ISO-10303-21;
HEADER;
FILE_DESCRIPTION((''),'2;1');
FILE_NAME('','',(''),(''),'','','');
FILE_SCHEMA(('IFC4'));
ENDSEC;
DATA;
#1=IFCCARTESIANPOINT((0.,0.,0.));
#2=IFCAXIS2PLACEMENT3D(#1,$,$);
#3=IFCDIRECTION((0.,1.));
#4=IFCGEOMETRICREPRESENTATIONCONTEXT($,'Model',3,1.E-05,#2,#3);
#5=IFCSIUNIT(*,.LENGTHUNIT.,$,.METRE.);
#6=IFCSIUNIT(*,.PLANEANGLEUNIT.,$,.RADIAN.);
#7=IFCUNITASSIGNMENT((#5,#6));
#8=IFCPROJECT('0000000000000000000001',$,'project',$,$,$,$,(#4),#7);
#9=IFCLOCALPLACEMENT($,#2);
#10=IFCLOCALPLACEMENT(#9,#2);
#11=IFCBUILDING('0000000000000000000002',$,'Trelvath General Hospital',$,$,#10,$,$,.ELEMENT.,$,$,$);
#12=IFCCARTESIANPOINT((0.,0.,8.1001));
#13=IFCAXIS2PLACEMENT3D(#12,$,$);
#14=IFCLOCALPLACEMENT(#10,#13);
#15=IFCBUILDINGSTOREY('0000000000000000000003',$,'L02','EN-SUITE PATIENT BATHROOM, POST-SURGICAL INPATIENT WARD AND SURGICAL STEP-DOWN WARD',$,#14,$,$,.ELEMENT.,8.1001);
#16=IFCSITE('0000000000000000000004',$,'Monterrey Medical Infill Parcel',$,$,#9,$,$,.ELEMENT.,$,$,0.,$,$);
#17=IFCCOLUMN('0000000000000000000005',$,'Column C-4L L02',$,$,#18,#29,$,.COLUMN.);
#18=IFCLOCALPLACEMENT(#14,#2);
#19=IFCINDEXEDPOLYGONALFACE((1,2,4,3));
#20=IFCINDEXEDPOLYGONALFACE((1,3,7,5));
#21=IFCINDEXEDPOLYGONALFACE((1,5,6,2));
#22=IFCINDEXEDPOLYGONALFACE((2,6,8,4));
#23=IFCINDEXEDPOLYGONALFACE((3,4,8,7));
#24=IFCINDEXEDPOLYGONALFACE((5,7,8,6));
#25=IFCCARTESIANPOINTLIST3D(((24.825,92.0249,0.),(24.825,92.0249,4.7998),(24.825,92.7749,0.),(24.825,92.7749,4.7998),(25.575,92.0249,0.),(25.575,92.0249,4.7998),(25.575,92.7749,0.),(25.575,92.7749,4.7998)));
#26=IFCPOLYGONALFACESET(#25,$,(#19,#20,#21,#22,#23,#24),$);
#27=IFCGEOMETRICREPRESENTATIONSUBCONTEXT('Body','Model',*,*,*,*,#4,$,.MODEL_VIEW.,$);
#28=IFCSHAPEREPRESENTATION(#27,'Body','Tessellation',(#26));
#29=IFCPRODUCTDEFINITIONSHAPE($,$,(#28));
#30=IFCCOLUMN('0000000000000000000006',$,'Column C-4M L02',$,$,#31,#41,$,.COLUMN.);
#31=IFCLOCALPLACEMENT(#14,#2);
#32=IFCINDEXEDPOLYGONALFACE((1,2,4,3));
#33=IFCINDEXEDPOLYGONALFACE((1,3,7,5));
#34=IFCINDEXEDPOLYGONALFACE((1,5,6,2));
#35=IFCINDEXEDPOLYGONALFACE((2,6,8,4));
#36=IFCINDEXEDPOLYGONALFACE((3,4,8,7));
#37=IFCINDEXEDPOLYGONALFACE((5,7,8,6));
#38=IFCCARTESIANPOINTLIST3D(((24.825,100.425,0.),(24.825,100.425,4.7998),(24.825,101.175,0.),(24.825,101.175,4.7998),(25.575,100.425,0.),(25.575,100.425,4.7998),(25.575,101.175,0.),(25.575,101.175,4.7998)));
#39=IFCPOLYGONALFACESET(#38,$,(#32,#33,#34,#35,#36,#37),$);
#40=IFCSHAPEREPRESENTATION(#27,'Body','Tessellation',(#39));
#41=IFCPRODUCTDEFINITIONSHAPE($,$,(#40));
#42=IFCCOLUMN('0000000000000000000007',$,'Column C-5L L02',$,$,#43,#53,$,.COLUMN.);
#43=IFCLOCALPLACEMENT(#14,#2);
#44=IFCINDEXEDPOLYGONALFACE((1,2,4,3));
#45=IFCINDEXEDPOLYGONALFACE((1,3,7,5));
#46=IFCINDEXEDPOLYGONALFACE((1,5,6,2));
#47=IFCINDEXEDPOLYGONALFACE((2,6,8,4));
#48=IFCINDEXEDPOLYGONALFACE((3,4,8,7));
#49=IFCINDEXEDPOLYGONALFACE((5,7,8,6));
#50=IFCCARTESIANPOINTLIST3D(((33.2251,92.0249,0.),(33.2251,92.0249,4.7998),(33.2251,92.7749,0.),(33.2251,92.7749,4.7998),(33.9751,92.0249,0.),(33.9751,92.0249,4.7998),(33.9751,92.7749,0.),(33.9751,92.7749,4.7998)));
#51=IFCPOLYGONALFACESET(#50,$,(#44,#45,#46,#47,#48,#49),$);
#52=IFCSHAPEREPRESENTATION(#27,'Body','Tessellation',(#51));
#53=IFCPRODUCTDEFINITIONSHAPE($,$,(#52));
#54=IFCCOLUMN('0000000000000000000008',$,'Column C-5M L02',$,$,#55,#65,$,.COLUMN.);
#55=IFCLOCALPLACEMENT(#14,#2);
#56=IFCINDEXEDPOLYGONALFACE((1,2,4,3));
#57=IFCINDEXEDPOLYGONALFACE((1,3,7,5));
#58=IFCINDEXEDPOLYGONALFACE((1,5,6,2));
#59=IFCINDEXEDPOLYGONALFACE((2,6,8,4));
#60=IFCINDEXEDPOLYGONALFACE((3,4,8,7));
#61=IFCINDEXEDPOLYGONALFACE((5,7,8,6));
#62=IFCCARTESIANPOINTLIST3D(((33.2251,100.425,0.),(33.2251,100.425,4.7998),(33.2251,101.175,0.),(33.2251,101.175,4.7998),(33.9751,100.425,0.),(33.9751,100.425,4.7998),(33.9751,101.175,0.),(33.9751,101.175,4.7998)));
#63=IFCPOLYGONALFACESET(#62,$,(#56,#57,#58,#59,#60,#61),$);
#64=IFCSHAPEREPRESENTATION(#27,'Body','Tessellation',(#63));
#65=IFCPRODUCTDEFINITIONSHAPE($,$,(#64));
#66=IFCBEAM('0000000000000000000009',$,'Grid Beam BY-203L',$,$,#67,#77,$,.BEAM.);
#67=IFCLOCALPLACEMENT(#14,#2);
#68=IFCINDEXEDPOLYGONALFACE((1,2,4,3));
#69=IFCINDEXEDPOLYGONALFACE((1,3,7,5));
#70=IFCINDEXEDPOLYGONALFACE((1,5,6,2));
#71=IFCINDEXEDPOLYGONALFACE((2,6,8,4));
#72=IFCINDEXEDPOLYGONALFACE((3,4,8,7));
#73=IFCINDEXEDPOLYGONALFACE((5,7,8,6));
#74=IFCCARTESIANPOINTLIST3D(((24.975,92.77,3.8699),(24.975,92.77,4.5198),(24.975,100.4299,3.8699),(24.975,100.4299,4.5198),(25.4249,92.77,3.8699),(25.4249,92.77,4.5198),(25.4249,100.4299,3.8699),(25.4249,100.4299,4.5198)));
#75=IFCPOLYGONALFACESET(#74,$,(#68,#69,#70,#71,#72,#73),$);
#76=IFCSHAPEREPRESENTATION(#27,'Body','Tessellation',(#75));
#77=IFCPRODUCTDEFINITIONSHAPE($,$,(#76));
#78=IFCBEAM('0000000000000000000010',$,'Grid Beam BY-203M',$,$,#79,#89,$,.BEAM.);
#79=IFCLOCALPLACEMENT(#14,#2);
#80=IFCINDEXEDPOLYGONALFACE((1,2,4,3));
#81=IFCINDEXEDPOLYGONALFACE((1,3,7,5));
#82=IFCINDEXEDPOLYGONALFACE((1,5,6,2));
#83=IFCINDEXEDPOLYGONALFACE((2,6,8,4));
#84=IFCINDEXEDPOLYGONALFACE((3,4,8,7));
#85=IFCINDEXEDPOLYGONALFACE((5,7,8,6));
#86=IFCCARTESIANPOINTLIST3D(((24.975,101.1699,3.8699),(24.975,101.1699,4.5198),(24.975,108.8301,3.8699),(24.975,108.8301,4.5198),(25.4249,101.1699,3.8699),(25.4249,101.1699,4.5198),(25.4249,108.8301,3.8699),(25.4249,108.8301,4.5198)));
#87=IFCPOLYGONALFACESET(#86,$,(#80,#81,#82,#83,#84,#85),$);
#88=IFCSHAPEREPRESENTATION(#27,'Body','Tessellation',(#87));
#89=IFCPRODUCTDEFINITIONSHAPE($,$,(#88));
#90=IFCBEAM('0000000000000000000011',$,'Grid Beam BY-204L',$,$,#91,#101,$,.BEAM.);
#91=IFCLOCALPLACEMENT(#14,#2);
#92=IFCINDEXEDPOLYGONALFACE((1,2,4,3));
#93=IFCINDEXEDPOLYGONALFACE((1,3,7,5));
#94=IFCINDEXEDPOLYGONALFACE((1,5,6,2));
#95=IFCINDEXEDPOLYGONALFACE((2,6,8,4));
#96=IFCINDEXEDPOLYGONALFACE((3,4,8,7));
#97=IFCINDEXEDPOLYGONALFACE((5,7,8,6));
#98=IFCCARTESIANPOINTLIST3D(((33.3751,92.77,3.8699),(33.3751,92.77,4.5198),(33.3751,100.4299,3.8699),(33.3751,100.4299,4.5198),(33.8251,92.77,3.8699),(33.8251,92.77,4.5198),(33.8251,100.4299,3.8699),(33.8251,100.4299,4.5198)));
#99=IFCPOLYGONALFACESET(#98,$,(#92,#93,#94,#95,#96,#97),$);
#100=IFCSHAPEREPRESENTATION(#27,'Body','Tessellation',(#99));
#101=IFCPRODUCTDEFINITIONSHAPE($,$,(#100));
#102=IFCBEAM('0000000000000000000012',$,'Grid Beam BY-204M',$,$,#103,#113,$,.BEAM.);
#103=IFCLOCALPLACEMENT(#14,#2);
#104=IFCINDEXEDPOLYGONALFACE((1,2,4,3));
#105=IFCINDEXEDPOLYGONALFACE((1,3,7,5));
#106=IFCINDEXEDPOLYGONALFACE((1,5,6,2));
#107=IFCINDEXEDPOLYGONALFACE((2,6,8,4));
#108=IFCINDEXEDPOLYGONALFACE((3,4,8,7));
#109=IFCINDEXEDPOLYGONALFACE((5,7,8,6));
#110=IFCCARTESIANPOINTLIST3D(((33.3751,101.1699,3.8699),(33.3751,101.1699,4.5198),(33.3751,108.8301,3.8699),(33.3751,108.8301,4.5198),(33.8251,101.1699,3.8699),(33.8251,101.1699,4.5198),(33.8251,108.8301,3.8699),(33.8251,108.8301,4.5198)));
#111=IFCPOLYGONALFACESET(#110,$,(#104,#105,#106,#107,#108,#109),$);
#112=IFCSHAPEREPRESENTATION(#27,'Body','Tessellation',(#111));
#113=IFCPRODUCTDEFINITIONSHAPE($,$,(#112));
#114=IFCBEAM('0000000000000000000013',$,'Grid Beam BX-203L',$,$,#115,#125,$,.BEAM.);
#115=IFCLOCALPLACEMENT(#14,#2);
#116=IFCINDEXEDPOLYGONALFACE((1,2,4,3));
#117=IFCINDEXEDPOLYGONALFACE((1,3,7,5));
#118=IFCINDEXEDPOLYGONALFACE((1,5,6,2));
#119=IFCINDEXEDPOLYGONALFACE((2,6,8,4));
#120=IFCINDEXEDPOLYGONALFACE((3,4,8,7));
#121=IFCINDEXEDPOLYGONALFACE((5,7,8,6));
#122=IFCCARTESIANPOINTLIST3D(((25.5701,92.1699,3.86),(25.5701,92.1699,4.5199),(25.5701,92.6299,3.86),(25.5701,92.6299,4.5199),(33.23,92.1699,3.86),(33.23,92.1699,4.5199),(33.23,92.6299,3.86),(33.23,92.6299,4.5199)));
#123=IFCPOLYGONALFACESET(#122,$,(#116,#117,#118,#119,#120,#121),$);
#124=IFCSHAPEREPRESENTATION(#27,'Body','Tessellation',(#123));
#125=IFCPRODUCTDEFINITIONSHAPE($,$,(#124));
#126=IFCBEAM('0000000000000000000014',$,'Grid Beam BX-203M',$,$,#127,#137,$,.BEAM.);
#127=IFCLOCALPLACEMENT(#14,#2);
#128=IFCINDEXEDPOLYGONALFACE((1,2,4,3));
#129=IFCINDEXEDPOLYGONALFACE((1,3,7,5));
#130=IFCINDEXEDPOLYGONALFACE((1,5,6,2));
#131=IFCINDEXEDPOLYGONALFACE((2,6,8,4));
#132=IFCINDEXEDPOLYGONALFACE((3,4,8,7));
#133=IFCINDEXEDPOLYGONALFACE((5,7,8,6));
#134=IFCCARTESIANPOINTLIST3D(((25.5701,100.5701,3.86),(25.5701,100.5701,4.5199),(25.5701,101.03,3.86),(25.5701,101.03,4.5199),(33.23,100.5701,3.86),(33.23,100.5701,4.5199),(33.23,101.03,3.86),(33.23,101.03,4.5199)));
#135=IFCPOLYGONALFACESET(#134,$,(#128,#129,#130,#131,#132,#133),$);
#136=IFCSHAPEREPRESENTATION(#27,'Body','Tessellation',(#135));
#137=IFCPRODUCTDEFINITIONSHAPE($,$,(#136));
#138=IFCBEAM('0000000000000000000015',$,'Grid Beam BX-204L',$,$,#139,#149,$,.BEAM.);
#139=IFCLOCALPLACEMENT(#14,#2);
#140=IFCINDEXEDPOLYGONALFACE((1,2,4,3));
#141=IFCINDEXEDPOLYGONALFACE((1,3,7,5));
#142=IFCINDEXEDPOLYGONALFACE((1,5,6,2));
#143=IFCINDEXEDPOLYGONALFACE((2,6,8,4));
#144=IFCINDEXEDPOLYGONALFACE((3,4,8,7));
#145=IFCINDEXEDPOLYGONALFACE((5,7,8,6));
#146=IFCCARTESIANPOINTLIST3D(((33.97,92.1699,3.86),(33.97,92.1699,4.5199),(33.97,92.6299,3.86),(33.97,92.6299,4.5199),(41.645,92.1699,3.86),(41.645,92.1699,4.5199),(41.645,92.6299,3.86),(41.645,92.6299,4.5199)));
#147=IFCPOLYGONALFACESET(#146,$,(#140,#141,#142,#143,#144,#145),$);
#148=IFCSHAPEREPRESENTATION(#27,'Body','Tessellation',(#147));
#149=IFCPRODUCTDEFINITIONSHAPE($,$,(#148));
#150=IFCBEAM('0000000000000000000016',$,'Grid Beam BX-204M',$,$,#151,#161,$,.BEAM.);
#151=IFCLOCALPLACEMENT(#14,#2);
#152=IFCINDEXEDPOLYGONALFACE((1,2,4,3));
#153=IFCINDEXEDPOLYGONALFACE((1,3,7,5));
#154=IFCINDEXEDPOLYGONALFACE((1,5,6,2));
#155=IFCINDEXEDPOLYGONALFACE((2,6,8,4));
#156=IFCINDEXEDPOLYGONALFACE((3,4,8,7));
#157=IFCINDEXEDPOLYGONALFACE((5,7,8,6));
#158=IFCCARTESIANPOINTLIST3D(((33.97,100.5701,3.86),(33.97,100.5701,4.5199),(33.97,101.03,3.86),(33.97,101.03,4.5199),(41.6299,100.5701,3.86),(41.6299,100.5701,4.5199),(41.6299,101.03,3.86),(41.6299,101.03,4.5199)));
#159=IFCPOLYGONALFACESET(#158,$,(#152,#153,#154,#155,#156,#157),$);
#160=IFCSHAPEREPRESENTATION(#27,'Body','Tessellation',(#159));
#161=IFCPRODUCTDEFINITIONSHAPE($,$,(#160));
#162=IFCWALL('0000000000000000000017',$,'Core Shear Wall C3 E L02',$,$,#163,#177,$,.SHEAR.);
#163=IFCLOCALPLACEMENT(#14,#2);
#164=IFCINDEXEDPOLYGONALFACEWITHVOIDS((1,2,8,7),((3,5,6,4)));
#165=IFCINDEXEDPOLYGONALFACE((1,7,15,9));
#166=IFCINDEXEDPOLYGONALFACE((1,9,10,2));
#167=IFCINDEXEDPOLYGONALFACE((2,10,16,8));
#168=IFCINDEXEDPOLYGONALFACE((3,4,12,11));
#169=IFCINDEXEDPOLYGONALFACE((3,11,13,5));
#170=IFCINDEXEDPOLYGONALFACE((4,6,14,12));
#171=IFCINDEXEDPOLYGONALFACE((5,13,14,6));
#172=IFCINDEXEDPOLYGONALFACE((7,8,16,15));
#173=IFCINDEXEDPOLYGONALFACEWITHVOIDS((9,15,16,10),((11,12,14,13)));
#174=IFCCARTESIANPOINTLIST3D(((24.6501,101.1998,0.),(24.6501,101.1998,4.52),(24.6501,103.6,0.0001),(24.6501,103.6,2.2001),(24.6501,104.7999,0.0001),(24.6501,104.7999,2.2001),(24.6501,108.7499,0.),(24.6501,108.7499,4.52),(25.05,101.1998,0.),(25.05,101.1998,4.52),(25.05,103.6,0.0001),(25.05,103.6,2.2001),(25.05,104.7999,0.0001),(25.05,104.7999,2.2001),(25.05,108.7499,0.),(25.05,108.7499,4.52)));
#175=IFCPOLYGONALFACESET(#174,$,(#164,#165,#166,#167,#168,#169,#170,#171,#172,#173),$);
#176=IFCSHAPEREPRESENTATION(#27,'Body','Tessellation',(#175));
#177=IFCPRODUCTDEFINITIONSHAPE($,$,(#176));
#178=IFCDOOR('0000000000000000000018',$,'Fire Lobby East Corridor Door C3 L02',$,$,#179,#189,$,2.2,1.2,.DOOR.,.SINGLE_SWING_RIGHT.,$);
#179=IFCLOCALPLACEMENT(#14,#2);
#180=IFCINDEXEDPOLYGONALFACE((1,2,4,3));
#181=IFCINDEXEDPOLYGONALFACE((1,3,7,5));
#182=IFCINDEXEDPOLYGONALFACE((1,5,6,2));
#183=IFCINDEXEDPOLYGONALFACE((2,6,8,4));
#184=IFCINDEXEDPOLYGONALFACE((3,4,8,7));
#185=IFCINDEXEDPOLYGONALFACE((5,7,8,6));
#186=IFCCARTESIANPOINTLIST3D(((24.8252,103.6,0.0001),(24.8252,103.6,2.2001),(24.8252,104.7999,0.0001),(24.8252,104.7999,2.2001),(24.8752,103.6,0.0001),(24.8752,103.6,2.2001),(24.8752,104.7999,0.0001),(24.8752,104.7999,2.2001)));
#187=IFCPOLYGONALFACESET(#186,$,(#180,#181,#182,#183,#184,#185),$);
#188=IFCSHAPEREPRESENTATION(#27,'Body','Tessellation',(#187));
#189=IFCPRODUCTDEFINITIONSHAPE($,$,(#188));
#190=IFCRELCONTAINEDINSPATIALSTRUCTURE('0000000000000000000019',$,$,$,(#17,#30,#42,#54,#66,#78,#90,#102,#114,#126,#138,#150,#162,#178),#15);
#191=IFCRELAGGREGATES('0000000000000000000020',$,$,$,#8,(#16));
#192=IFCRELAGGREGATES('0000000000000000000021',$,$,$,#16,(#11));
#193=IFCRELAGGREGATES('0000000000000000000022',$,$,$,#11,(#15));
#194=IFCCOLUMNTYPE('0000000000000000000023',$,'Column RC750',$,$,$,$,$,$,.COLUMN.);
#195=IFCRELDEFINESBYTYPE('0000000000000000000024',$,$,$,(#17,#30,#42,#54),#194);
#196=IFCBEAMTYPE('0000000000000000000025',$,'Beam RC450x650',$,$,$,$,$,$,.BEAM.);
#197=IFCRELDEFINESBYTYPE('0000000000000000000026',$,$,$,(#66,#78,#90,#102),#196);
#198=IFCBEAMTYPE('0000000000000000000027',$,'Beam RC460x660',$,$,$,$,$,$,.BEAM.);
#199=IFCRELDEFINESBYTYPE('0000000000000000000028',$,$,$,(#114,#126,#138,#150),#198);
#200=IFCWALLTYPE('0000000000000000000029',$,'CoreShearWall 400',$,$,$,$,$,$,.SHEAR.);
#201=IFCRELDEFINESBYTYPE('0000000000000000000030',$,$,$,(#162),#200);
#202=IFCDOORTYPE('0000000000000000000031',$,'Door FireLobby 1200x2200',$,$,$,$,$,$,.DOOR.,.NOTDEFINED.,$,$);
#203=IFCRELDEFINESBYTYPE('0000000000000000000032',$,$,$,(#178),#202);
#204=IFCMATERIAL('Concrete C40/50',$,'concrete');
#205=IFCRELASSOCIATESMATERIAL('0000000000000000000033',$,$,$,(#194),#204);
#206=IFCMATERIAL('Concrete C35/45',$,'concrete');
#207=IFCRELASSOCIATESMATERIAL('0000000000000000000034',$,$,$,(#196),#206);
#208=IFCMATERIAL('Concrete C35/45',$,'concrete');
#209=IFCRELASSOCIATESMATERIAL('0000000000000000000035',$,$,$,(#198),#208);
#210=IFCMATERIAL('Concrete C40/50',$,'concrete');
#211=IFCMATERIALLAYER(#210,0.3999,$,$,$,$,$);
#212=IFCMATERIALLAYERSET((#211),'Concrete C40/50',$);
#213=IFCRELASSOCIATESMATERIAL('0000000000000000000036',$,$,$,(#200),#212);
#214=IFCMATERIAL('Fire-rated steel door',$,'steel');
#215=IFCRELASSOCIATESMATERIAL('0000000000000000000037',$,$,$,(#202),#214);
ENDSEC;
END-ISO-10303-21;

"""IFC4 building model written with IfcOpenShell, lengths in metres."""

from ifc_helpers import new_model, si_unit, direction, frame, frame_2d, origin, origin_2d, place, context, subcontext, project, spatial, rectangle, extrude, material, layer, layer_set, material_profile, profile_set, type_object, element, fill, save


model = new_model("IFC4")

# Units and contexts
model_context = context("Model", 3, precision=1e-05, world=origin(), true_north=direction((0.0, 1.0)))
body_context = subcontext(model_context, "Body", "Model", "MODEL_VIEW")
ifc_project = project(units=[si_unit("LENGTHUNIT", "METRE"), si_unit("PLANEANGLEUNIT", "RADIAN")], contexts=[model_context])

# Site, building, storey
site_placement = place(None, origin())
site = spatial("IfcSite", under=ifc_project, at=site_placement, Name="Monterrey Medical Infill Parcel", CompositionType="ELEMENT", RefElevation=0.0)
building_placement = place(site_placement, origin())
building = spatial("IfcBuilding", under=site, at=building_placement, Name="Trelvath General Hospital", CompositionType="ELEMENT")
storey_placement = place(building_placement, frame((0.0, 0.0, 8.1001)))
storey = spatial("IfcBuildingStorey", under=building, at=storey_placement, Name="L02", Description="EN-SUITE PATIENT BATHROOM, POST-SURGICAL INPATIENT WARD AND SURGICAL STEP-DOWN WARD", CompositionType="ELEMENT", Elevation=8.1001)

# Columns
ifc_material_1 = material(Name="Concrete C40/50", Category="concrete")
ifc_material_profile_1 = material_profile(ifc_material_1, rectangle(XDim=0.75, YDim=0.75, at=origin_2d()), Name="RC750x750")
ifc_profile_set_1 = profile_set([ifc_material_profile_1], Name="Concrete C40/50")
column_type = type_object("IfcColumnType", Name="Column RC750", PredefinedType="COLUMN", material=ifc_profile_set_1)
for number, where, z_axis, x_axis, name in (
    (1, (25.2, 92.3999, 0.0), (0.0, 0.0, 1.0), (1.0, 0.0, 0.0), "Column C-4L L02"),
    (2, (25.2, 100.8, 0.0), (0.0, 0.0, 1.0), (1.0, 0.0, 0.0), "Column C-4M L02"),
    (3, (33.6001, 92.3999, 0.0), (0.0, 0.0, 1.0), (1.0, 0.0, 0.0), "Column C-5L L02"),
    (4, (33.6001, 100.8, 0.0), (0.0, 0.0, 1.0), (1.0, 0.0, 0.0), "Column C-5M L02"),
):
    element("IfcColumn", number, at=place(storey_placement, frame(where, z_axis=z_axis, x_axis=x_axis)), inside=storey, type_object=column_type, Name=name, PredefinedType="COLUMN", context=body_context, shape_type="SweptSolid", body=[
        extrude(rectangle(XDim=0.75, YDim=0.75, at=origin_2d()), origin(), (0.0, 0.0, 1.0), 4.7998),
    ])

# Beams
ifc_material_2 = material(Name="Concrete C35/45", Category="concrete")
ifc_material_profile_2 = material_profile(ifc_material_2, rectangle(XDim=0.45, YDim=0.6499, at=origin_2d()), Name="RCB450x650")
ifc_profile_set_2 = profile_set([ifc_material_profile_2], Name="Concrete C35/45")
beam_type_1 = type_object("IfcBeamType", Name="Beam RC450x650", PredefinedType="BEAM", material=ifc_profile_set_2)
beam_1_placement = place(storey_placement, frame((25.2, 92.77, 4.1948), z_axis=(0.0, 1.0, 0.0), x_axis=(-1.0, 0.0, 0.0)))
element("IfcBeam", 5, at=beam_1_placement, inside=storey, type_object=beam_type_1, Name="Grid Beam BY-203L", PredefinedType="BEAM", context=body_context, shape_type="SweptSolid", body=[
    extrude(rectangle(XDim=0.45, YDim=0.6499, at=origin_2d()), origin(), (0.0, 0.0, 1.0), 7.6599),
])
beam_2_placement = place(storey_placement, frame((25.2, 101.1699, 4.1948), z_axis=(0.0, 1.0, 0.0), x_axis=(-1.0, 0.0, 0.0)))
element("IfcBeam", 6, at=beam_2_placement, inside=storey, type_object=beam_type_1, Name="Grid Beam BY-203M", PredefinedType="BEAM", context=body_context, shape_type="SweptSolid", body=[
    extrude(rectangle(XDim=0.45, YDim=0.6499, at=origin_2d()), origin(), (0.0, 0.0, 1.0), 7.6602),
])
beam_3_placement = place(storey_placement, frame((33.6001, 92.77, 4.1948), z_axis=(0.0, 1.0, 0.0), x_axis=(-1.0, 0.0, 0.0)))
element("IfcBeam", 7, at=beam_3_placement, inside=storey, type_object=beam_type_1, Name="Grid Beam BY-204L", PredefinedType="BEAM", context=body_context, shape_type="SweptSolid", body=[
    extrude(rectangle(XDim=0.45, YDim=0.6499, at=origin_2d()), origin(), (0.0, 0.0, 1.0), 7.6599),
])
beam_4_placement = place(storey_placement, frame((33.6001, 101.1699, 4.1948), z_axis=(0.0, 1.0, 0.0), x_axis=(-1.0, 0.0, 0.0)))
element("IfcBeam", 8, at=beam_4_placement, inside=storey, type_object=beam_type_1, Name="Grid Beam BY-204M", PredefinedType="BEAM", context=body_context, shape_type="SweptSolid", body=[
    extrude(rectangle(XDim=0.45, YDim=0.6499, at=origin_2d()), origin(), (0.0, 0.0, 1.0), 7.6602),
])
ifc_material_3 = material(Name="Concrete C35/45", Category="concrete")
ifc_material_profile_3 = material_profile(ifc_material_3, rectangle(XDim=0.46, YDim=0.6599, at=origin_2d()), Name="RCB460x660")
ifc_profile_set_3 = profile_set([ifc_material_profile_3], Name="Concrete C35/45")
beam_type_2 = type_object("IfcBeamType", Name="Beam RC460x660", PredefinedType="BEAM", material=ifc_profile_set_3)
for number, where, z_axis, x_axis, name in (
    (9, (25.5701, 92.3999, 4.1899), (1.0, 0.0, 0.0), (0.0, 1.0, 0.0), "Grid Beam BX-203L"),
    (10, (25.5701, 100.8, 4.1899), (1.0, 0.0, 0.0), (0.0, 1.0, 0.0), "Grid Beam BX-203M"),
):
    element("IfcBeam", number, at=place(storey_placement, frame(where, z_axis=z_axis, x_axis=x_axis)), inside=storey, type_object=beam_type_2, Name=name, PredefinedType="BEAM", context=body_context, shape_type="SweptSolid", body=[
        extrude(rectangle(XDim=0.46, YDim=0.6599, at=origin_2d()), origin(), (0.0, 0.0, 1.0), 7.6599),
    ])
beam_5_placement = place(storey_placement, frame((33.97, 92.3999, 4.1899), z_axis=(1.0, 0.0, 0.0), x_axis=(0.0, 1.0, 0.0)))
element("IfcBeam", 11, at=beam_5_placement, inside=storey, type_object=beam_type_2, Name="Grid Beam BX-204L", PredefinedType="BEAM", context=body_context, shape_type="SweptSolid", body=[
    extrude(rectangle(XDim=0.46, YDim=0.6599, at=origin_2d()), origin(), (0.0, 0.0, 1.0), 7.675),
])
beam_6_placement = place(storey_placement, frame((33.97, 100.8, 4.1899), z_axis=(1.0, 0.0, 0.0), x_axis=(0.0, 1.0, 0.0)))
element("IfcBeam", 12, at=beam_6_placement, inside=storey, type_object=beam_type_2, Name="Grid Beam BX-204M", PredefinedType="BEAM", context=body_context, shape_type="SweptSolid", body=[
    extrude(rectangle(XDim=0.46, YDim=0.6599, at=origin_2d()), origin(), (0.0, 0.0, 1.0), 7.6599),
])

# Wall, opening, door
ifc_material_4 = material(Name="Concrete C40/50", Category="concrete")
ifc_layer_1 = layer(ifc_material_4, 0.3999)
ifc_layer_set_1 = layer_set([ifc_layer_1], Name="Concrete C40/50")
wall_type_1 = type_object("IfcWallType", Name="CoreShearWall 400", PredefinedType="SHEAR", material=ifc_layer_set_1)
wall_1_placement = place(storey_placement, frame((24.8501, 101.2, 0.0), z_axis=(0.0, 0.0, 1.0), x_axis=(0.0, 1.0, 0.0)))
wall_1 = element("IfcWall", 13, at=wall_1_placement, inside=storey, type_object=wall_type_1, Name="Core Shear Wall C3 E L02", PredefinedType="SHEAR", context=body_context, shape_type="SweptSolid", body=[
    extrude(rectangle(XDim=7.55, YDim=0.3999, at=frame_2d((3.7749, 0.0))), origin(), (0.0, 0.0, 1.0), 4.52),
])
opening_1_placement = place(wall_1_placement, frame((2.3999, 0.0, 0.0)))
opening_1 = element("IfcOpeningElement", 14, at=opening_1_placement, cuts=wall_1, PredefinedType="OPENING", context=body_context, shape_type="SweptSolid", body=[
    extrude(rectangle(XDim=1.2, YDim=2.2, at=frame_2d((0.6001, 1.1001))), frame((0.0, 0.21, 0.0), z_axis=(0.0, -1.0, 0.0), x_axis=(1.0, 0.0, 0.0)), (0.0, 0.0, 1.0), 0.4199),
])
ifc_material_5 = material(Name="Fire-rated steel door", Category="steel")
door_type_1 = type_object("IfcDoorType", Name="Door FireLobby 1200x2200", OperationType="NOTDEFINED", PredefinedType="DOOR", material=ifc_material_5)
door_1_placement = place(opening_1_placement, origin())
door_1 = element("IfcDoor", 15, at=door_1_placement, inside=storey, type_object=door_type_1, Name="Fire Lobby East Corridor Door C3 L02", OperationType="SINGLE_SWING_RIGHT", OverallHeight=2.2, OverallWidth=1.2, PredefinedType="DOOR", context=body_context, shape_type="SweptSolid", body=[
    extrude(rectangle(XDim=1.2, YDim=2.2, at=frame_2d((0.6001, 1.1001))), frame((0.0, 0.0249, 0.0), z_axis=(0.0, -1.0, 0.0), x_axis=(1.0, 0.0, 0.0)), (0.0, 0.0, 1.0), 0.05),
])
fill(opening_1, door_1)

save(model, "model.ifc")
